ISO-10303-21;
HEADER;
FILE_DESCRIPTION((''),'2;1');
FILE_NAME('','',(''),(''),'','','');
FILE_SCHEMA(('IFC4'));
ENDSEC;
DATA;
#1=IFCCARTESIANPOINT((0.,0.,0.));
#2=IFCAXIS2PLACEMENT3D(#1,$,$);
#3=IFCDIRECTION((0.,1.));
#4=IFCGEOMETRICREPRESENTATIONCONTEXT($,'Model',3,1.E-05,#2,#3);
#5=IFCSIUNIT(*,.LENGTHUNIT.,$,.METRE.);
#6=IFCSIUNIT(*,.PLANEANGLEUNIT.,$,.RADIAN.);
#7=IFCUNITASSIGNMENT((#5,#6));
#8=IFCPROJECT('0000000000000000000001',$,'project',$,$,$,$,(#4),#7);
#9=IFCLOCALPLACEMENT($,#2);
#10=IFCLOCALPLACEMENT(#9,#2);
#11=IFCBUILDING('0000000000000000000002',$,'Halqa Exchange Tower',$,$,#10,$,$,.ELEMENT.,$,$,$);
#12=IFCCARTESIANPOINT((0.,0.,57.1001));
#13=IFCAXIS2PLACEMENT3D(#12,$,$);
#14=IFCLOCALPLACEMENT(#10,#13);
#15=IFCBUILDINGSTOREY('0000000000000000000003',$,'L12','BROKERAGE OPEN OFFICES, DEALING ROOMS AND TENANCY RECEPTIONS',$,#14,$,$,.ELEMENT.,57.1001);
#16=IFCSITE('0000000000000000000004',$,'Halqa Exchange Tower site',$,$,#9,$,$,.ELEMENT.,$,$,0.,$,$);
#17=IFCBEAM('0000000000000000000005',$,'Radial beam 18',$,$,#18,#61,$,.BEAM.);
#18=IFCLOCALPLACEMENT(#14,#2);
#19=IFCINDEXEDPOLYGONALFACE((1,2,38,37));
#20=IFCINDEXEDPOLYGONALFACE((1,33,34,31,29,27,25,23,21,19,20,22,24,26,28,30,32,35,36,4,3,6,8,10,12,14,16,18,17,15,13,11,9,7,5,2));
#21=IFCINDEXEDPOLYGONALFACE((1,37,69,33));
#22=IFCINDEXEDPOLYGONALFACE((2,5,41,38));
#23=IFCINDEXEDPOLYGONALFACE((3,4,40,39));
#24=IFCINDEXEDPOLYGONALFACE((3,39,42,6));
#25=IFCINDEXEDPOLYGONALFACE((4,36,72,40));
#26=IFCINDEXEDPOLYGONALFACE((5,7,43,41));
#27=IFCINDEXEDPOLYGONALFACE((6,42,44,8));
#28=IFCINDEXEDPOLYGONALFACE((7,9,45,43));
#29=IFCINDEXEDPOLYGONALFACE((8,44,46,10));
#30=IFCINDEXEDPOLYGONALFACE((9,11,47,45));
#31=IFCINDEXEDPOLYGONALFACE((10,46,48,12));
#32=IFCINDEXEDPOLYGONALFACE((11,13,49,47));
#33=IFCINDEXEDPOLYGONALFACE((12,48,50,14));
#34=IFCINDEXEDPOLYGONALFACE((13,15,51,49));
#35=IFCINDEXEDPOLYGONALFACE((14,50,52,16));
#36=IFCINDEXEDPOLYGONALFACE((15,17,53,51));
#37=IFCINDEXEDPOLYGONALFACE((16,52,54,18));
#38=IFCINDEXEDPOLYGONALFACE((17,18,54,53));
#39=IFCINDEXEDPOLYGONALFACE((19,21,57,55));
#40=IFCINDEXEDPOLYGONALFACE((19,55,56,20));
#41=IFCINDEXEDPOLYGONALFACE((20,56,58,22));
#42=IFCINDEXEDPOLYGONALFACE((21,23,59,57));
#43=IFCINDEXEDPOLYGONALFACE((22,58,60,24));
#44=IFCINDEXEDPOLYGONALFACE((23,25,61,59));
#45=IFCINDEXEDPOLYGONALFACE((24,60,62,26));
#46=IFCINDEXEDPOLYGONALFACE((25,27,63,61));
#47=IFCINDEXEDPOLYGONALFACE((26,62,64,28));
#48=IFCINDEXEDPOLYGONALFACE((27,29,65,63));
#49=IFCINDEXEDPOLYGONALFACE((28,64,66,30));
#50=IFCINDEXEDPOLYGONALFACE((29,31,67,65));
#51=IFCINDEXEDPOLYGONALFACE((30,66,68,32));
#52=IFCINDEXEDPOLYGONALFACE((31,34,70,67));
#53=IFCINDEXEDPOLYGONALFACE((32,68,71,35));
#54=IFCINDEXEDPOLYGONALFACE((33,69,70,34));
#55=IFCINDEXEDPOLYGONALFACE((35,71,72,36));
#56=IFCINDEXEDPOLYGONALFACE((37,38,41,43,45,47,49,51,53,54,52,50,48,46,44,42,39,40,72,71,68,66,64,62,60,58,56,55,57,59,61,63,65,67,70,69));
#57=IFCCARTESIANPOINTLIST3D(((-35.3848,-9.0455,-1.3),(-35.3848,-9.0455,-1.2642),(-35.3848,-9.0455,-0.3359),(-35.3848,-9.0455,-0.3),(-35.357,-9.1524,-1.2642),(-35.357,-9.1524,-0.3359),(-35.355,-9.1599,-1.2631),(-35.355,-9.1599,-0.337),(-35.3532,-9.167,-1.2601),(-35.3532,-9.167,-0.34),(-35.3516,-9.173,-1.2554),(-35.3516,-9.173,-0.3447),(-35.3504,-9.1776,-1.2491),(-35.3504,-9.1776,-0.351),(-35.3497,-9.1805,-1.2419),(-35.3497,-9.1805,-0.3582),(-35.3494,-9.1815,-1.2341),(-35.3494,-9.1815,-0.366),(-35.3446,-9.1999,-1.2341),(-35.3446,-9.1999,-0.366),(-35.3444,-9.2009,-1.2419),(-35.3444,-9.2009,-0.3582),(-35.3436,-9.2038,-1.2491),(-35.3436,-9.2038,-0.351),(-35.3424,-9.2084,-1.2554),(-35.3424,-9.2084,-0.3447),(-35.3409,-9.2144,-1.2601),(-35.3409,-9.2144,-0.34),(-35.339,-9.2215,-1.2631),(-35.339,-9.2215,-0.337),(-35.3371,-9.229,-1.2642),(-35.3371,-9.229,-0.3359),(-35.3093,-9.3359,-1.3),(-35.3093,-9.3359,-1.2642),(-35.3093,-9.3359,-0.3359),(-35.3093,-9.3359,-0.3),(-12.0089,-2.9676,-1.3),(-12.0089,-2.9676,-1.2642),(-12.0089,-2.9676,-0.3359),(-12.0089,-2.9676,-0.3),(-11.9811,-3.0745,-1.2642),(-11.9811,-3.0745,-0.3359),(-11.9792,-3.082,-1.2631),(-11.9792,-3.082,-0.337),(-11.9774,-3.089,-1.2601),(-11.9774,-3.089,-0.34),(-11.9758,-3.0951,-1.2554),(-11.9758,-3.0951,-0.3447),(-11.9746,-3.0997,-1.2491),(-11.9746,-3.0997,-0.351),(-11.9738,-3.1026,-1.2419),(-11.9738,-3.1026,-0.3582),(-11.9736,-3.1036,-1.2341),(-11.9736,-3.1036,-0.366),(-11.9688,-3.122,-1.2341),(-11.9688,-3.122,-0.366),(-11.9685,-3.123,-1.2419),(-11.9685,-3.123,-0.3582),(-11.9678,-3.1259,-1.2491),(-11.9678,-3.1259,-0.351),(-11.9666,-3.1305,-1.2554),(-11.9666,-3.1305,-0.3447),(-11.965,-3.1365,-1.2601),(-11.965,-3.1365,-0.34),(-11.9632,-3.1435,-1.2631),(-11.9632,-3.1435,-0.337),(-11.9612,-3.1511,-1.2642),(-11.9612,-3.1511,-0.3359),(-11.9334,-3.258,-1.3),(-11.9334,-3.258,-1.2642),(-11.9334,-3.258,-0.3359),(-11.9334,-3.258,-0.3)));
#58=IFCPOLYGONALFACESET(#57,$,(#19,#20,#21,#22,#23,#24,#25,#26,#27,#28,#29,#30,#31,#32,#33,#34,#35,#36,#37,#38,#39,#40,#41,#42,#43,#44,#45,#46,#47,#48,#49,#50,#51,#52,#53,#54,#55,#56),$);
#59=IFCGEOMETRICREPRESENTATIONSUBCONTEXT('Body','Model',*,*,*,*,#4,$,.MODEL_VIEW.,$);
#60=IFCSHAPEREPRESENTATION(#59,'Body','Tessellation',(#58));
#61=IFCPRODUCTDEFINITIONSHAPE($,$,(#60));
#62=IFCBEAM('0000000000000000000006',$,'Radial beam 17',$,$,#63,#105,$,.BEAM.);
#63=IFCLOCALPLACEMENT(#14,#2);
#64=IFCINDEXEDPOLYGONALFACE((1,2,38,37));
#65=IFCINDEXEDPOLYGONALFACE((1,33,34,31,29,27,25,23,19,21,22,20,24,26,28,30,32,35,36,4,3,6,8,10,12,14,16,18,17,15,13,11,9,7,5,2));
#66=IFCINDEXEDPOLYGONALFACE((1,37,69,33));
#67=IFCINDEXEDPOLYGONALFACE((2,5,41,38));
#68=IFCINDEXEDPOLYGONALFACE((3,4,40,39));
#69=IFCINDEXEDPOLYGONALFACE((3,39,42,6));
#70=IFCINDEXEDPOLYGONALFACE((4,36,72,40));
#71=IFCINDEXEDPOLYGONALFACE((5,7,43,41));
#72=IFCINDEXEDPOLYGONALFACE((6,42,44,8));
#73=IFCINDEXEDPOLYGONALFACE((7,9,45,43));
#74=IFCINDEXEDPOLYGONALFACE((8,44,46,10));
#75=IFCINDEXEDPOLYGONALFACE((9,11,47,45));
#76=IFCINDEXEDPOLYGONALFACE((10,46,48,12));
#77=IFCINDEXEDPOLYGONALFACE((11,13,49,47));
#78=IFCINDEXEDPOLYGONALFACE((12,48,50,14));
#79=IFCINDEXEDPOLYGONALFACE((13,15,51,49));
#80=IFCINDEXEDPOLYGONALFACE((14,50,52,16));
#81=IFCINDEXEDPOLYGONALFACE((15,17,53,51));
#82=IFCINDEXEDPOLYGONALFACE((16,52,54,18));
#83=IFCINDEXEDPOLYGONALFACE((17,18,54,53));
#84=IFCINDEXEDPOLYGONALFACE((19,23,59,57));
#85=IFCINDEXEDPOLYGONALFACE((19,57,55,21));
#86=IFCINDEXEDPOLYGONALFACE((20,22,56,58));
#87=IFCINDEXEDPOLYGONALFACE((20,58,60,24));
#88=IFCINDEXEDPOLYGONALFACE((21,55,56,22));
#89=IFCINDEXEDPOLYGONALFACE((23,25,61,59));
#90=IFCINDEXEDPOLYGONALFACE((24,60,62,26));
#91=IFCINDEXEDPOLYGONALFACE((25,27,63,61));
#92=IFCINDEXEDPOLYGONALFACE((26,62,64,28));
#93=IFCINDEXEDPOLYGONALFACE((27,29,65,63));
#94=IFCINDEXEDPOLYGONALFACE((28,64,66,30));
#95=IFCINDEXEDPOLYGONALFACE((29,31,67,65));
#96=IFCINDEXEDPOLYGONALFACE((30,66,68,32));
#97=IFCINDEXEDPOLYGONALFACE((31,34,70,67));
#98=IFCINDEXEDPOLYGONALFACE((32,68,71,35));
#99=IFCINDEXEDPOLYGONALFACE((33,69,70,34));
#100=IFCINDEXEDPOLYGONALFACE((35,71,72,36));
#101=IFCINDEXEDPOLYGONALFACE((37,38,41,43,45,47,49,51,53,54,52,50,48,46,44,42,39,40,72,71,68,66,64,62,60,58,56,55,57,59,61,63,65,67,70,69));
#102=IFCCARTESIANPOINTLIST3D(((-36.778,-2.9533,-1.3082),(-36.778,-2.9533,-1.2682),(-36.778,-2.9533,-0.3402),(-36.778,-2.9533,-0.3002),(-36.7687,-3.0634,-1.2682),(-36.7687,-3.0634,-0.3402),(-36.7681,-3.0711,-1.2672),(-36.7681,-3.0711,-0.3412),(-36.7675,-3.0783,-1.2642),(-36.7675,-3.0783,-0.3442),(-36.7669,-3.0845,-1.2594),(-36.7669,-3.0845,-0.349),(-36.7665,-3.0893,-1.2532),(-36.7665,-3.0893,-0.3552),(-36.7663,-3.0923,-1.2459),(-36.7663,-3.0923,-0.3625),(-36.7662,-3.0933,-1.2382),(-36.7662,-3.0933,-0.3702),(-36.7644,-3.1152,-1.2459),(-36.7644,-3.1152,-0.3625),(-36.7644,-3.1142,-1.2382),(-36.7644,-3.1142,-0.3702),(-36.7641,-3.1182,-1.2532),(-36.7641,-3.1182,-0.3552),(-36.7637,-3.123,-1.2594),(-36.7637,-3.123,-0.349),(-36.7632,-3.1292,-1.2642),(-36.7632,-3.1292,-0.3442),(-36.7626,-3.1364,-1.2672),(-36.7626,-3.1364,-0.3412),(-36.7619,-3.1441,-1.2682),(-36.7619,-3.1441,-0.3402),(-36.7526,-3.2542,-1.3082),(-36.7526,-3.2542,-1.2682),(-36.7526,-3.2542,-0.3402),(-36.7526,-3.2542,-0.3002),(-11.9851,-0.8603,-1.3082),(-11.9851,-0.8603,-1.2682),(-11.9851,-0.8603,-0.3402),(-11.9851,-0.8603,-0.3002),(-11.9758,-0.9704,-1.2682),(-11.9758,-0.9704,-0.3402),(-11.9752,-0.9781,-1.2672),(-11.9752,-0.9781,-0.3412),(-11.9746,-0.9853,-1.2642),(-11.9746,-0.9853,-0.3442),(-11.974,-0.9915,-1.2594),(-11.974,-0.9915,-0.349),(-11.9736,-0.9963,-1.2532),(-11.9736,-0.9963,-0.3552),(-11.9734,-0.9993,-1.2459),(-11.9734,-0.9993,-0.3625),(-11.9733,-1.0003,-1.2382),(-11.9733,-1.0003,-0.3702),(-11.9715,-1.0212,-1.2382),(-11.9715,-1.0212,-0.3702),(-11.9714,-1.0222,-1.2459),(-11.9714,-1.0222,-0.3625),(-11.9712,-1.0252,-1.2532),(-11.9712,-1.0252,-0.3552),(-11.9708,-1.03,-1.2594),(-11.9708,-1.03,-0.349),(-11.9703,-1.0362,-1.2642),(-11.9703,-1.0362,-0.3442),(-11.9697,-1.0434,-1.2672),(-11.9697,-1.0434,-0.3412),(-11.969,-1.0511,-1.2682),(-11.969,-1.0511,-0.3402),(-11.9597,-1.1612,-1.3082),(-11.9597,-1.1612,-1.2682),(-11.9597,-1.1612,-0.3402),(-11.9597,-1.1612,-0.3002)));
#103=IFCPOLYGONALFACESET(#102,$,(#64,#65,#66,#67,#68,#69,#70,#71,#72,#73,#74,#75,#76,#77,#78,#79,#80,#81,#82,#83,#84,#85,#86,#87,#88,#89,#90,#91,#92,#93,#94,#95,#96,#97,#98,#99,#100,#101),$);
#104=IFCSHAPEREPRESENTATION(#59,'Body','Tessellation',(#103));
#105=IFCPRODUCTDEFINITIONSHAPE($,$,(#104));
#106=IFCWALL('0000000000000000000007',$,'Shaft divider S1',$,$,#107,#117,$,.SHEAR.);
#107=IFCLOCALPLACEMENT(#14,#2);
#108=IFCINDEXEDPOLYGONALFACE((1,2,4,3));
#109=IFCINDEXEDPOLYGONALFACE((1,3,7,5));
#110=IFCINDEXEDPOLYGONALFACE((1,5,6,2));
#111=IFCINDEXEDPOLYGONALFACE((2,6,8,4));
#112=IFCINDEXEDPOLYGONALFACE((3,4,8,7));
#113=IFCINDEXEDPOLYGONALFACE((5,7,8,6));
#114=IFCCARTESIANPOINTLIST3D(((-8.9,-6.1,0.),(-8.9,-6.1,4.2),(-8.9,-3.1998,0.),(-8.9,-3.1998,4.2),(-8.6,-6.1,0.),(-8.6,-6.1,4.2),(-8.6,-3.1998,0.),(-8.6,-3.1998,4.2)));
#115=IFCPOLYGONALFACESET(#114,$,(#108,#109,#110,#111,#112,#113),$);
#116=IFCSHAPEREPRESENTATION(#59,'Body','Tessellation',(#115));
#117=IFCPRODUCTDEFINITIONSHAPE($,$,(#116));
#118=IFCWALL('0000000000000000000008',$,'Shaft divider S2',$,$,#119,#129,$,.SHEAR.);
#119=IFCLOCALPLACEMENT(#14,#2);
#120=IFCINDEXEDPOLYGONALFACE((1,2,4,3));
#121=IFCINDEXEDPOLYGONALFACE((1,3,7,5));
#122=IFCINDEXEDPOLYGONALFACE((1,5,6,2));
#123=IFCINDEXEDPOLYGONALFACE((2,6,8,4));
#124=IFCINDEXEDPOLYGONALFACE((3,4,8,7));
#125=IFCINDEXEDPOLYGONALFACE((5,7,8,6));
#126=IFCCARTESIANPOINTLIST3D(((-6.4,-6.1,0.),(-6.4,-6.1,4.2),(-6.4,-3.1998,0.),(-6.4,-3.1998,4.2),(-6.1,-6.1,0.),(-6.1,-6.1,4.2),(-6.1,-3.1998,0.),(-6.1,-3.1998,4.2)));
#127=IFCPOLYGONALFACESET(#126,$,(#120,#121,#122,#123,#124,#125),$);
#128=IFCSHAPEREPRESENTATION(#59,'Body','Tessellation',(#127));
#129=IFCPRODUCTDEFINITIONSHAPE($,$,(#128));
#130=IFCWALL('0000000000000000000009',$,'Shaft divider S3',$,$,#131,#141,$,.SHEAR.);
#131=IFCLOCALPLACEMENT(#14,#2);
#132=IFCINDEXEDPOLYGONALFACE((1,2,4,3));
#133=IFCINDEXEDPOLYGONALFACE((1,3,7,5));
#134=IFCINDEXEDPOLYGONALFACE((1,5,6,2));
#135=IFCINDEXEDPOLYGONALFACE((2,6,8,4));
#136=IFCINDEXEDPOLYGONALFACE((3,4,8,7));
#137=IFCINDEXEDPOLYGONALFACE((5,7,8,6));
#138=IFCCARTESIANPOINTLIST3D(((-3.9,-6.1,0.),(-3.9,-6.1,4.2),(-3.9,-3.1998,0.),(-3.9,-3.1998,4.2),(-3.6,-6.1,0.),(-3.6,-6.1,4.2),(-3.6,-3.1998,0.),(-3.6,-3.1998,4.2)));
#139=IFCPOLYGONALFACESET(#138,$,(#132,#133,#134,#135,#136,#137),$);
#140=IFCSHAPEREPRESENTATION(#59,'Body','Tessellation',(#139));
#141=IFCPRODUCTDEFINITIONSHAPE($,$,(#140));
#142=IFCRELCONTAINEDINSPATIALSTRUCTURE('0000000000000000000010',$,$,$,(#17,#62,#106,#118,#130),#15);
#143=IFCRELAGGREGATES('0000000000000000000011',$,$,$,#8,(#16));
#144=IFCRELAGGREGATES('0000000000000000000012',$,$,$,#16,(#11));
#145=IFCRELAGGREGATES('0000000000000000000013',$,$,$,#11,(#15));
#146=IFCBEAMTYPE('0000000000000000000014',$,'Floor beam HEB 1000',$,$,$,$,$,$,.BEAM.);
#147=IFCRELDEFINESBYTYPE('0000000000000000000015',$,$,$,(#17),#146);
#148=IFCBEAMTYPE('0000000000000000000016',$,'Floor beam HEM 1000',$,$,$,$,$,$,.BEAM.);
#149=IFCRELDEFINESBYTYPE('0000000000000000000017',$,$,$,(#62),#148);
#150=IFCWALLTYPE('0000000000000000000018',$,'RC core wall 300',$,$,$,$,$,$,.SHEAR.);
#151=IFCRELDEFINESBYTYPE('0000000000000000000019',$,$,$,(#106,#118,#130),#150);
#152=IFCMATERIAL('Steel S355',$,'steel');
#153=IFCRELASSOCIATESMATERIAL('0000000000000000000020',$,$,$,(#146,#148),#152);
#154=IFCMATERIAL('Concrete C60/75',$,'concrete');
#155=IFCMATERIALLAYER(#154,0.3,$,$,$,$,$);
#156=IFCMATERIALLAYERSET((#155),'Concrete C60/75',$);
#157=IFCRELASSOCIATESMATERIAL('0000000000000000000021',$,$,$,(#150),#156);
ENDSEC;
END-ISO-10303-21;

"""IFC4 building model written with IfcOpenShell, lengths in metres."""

from ifc_helpers import new_model, si_unit, direction, frame, frame_2d, origin, origin_2d, place, context, subcontext, project, spatial, rectangle, i_section, extrude, material, layer, layer_set, material_profile, profile_set, type_object, element, save


model = new_model("IFC4")

# Units and contexts
model_context = context("Model", 3, precision=1e-05, world=origin(), true_north=direction((0.0, 1.0)))
body_context = subcontext(model_context, "Body", "Model", "MODEL_VIEW")
ifc_project = project(units=[si_unit("LENGTHUNIT", "METRE"), si_unit("PLANEANGLEUNIT", "RADIAN")], contexts=[model_context])

# Site, building, storey
site_placement = place(None, origin())
site = spatial("IfcSite", under=ifc_project, at=site_placement, Name="Halqa Exchange Tower site", CompositionType="ELEMENT", RefElevation=0.0)
building_placement = place(site_placement, origin())
building = spatial("IfcBuilding", under=site, at=building_placement, Name="Halqa Exchange Tower", CompositionType="ELEMENT")
storey_placement = place(building_placement, frame((0.0, 0.0, 57.1001)))
storey = spatial("IfcBuildingStorey", under=building, at=storey_placement, Name="L12", Description="BROKERAGE OPEN OFFICES, DEALING ROOMS AND TENANCY RECEPTIONS", CompositionType="ELEMENT", Elevation=57.1001)

# Beams
ifc_material_1 = material(Name="Steel S355", Category="steel")
ifc_material_profile_1 = material_profile(ifc_material_1, i_section(OverallWidth=0.3, OverallDepth=1.0, WebThickness=0.019, FlangeThickness=0.0359, FilletRadius=0.03, at=origin_2d()), Name="HEB 1000")
ifc_profile_set_1 = profile_set([ifc_material_profile_1], Name="Steel S355")
beam_type_1 = type_object("IfcBeamType", Name="Floor beam HEB 1000", PredefinedType="BEAM", material=ifc_profile_set_1)
beam_1_placement = place(storey_placement, frame((-11.9712, -3.1128, -0.8), z_axis=(-0.967821, -0.251641, 0.0), x_axis=(0.251641, -0.967821, 0.0)))
element("IfcBeam", 1, at=beam_1_placement, inside=storey, type_object=beam_type_1, Name="Radial beam 18", PredefinedType="BEAM", context=body_context, shape_type="SweptSolid", body=[
    extrude(i_section(OverallWidth=0.3, OverallDepth=1.0, WebThickness=0.019, FlangeThickness=0.0359, FilletRadius=0.03, at=origin_2d()), origin(), (0.0, 0.0, 1.0), 24.1531),
])
ifc_material_profile_2 = material_profile(ifc_material_1, i_section(OverallWidth=0.302, OverallDepth=1.0081, WebThickness=0.021, FlangeThickness=0.04, FilletRadius=0.03, at=origin_2d()), Name="HEM 1000")
ifc_profile_set_2 = profile_set([ifc_material_profile_2], Name="Steel S355")
beam_type_2 = type_object("IfcBeamType", Name="Floor beam HEM 1000", PredefinedType="BEAM", material=ifc_profile_set_2)
beam_2_placement = place(storey_placement, frame((-11.9724, -1.0107, -0.8042), z_axis=(-0.996456, -0.084121, 0.0), x_axis=(0.084121, -0.996456, 0.0)))
element("IfcBeam", 2, at=beam_2_placement, inside=storey, type_object=beam_type_2, Name="Radial beam 17", PredefinedType="BEAM", context=body_context, shape_type="SweptSolid", body=[
    extrude(i_section(OverallWidth=0.302, OverallDepth=1.0081, WebThickness=0.021, FlangeThickness=0.04, FilletRadius=0.03, at=origin_2d()), origin(), (0.0, 0.0, 1.0), 24.8811),
])

# Walls
ifc_material_2 = material(Name="Concrete C60/75", Category="concrete")
ifc_layer_1 = layer(ifc_material_2, 0.3)
ifc_layer_set_1 = layer_set([ifc_layer_1], Name="Concrete C60/75")
wall_type_1 = type_object("IfcWallType", Name="RC core wall 300", PredefinedType="SHEAR", material=ifc_layer_set_1)
for number, where, z_axis, x_axis, name in (
    (3, (-8.75, -6.1001, 0.0), (0.0, 0.0, 1.0), (0.0, 1.0, 0.0), "Shaft divider S1"),
    (4, (-6.25, -6.1001, 0.0), (0.0, 0.0, 1.0), (0.0, 1.0, 0.0), "Shaft divider S2"),
    (5, (-3.75, -6.1001, 0.0), (0.0, 0.0, 1.0), (0.0, 1.0, 0.0), "Shaft divider S3"),
):
    element("IfcWall", number, at=place(storey_placement, frame(where, z_axis=z_axis, x_axis=x_axis)), inside=storey, type_object=wall_type_1, Name=name, PredefinedType="SHEAR", context=body_context, shape_type="SweptSolid", body=[
        extrude(rectangle(XDim=2.9001, YDim=0.3, at=frame_2d((1.4502, 0.0))), origin(), (0.0, 0.0, 1.0), 4.2),
    ])

save(model, "model.ifc")
